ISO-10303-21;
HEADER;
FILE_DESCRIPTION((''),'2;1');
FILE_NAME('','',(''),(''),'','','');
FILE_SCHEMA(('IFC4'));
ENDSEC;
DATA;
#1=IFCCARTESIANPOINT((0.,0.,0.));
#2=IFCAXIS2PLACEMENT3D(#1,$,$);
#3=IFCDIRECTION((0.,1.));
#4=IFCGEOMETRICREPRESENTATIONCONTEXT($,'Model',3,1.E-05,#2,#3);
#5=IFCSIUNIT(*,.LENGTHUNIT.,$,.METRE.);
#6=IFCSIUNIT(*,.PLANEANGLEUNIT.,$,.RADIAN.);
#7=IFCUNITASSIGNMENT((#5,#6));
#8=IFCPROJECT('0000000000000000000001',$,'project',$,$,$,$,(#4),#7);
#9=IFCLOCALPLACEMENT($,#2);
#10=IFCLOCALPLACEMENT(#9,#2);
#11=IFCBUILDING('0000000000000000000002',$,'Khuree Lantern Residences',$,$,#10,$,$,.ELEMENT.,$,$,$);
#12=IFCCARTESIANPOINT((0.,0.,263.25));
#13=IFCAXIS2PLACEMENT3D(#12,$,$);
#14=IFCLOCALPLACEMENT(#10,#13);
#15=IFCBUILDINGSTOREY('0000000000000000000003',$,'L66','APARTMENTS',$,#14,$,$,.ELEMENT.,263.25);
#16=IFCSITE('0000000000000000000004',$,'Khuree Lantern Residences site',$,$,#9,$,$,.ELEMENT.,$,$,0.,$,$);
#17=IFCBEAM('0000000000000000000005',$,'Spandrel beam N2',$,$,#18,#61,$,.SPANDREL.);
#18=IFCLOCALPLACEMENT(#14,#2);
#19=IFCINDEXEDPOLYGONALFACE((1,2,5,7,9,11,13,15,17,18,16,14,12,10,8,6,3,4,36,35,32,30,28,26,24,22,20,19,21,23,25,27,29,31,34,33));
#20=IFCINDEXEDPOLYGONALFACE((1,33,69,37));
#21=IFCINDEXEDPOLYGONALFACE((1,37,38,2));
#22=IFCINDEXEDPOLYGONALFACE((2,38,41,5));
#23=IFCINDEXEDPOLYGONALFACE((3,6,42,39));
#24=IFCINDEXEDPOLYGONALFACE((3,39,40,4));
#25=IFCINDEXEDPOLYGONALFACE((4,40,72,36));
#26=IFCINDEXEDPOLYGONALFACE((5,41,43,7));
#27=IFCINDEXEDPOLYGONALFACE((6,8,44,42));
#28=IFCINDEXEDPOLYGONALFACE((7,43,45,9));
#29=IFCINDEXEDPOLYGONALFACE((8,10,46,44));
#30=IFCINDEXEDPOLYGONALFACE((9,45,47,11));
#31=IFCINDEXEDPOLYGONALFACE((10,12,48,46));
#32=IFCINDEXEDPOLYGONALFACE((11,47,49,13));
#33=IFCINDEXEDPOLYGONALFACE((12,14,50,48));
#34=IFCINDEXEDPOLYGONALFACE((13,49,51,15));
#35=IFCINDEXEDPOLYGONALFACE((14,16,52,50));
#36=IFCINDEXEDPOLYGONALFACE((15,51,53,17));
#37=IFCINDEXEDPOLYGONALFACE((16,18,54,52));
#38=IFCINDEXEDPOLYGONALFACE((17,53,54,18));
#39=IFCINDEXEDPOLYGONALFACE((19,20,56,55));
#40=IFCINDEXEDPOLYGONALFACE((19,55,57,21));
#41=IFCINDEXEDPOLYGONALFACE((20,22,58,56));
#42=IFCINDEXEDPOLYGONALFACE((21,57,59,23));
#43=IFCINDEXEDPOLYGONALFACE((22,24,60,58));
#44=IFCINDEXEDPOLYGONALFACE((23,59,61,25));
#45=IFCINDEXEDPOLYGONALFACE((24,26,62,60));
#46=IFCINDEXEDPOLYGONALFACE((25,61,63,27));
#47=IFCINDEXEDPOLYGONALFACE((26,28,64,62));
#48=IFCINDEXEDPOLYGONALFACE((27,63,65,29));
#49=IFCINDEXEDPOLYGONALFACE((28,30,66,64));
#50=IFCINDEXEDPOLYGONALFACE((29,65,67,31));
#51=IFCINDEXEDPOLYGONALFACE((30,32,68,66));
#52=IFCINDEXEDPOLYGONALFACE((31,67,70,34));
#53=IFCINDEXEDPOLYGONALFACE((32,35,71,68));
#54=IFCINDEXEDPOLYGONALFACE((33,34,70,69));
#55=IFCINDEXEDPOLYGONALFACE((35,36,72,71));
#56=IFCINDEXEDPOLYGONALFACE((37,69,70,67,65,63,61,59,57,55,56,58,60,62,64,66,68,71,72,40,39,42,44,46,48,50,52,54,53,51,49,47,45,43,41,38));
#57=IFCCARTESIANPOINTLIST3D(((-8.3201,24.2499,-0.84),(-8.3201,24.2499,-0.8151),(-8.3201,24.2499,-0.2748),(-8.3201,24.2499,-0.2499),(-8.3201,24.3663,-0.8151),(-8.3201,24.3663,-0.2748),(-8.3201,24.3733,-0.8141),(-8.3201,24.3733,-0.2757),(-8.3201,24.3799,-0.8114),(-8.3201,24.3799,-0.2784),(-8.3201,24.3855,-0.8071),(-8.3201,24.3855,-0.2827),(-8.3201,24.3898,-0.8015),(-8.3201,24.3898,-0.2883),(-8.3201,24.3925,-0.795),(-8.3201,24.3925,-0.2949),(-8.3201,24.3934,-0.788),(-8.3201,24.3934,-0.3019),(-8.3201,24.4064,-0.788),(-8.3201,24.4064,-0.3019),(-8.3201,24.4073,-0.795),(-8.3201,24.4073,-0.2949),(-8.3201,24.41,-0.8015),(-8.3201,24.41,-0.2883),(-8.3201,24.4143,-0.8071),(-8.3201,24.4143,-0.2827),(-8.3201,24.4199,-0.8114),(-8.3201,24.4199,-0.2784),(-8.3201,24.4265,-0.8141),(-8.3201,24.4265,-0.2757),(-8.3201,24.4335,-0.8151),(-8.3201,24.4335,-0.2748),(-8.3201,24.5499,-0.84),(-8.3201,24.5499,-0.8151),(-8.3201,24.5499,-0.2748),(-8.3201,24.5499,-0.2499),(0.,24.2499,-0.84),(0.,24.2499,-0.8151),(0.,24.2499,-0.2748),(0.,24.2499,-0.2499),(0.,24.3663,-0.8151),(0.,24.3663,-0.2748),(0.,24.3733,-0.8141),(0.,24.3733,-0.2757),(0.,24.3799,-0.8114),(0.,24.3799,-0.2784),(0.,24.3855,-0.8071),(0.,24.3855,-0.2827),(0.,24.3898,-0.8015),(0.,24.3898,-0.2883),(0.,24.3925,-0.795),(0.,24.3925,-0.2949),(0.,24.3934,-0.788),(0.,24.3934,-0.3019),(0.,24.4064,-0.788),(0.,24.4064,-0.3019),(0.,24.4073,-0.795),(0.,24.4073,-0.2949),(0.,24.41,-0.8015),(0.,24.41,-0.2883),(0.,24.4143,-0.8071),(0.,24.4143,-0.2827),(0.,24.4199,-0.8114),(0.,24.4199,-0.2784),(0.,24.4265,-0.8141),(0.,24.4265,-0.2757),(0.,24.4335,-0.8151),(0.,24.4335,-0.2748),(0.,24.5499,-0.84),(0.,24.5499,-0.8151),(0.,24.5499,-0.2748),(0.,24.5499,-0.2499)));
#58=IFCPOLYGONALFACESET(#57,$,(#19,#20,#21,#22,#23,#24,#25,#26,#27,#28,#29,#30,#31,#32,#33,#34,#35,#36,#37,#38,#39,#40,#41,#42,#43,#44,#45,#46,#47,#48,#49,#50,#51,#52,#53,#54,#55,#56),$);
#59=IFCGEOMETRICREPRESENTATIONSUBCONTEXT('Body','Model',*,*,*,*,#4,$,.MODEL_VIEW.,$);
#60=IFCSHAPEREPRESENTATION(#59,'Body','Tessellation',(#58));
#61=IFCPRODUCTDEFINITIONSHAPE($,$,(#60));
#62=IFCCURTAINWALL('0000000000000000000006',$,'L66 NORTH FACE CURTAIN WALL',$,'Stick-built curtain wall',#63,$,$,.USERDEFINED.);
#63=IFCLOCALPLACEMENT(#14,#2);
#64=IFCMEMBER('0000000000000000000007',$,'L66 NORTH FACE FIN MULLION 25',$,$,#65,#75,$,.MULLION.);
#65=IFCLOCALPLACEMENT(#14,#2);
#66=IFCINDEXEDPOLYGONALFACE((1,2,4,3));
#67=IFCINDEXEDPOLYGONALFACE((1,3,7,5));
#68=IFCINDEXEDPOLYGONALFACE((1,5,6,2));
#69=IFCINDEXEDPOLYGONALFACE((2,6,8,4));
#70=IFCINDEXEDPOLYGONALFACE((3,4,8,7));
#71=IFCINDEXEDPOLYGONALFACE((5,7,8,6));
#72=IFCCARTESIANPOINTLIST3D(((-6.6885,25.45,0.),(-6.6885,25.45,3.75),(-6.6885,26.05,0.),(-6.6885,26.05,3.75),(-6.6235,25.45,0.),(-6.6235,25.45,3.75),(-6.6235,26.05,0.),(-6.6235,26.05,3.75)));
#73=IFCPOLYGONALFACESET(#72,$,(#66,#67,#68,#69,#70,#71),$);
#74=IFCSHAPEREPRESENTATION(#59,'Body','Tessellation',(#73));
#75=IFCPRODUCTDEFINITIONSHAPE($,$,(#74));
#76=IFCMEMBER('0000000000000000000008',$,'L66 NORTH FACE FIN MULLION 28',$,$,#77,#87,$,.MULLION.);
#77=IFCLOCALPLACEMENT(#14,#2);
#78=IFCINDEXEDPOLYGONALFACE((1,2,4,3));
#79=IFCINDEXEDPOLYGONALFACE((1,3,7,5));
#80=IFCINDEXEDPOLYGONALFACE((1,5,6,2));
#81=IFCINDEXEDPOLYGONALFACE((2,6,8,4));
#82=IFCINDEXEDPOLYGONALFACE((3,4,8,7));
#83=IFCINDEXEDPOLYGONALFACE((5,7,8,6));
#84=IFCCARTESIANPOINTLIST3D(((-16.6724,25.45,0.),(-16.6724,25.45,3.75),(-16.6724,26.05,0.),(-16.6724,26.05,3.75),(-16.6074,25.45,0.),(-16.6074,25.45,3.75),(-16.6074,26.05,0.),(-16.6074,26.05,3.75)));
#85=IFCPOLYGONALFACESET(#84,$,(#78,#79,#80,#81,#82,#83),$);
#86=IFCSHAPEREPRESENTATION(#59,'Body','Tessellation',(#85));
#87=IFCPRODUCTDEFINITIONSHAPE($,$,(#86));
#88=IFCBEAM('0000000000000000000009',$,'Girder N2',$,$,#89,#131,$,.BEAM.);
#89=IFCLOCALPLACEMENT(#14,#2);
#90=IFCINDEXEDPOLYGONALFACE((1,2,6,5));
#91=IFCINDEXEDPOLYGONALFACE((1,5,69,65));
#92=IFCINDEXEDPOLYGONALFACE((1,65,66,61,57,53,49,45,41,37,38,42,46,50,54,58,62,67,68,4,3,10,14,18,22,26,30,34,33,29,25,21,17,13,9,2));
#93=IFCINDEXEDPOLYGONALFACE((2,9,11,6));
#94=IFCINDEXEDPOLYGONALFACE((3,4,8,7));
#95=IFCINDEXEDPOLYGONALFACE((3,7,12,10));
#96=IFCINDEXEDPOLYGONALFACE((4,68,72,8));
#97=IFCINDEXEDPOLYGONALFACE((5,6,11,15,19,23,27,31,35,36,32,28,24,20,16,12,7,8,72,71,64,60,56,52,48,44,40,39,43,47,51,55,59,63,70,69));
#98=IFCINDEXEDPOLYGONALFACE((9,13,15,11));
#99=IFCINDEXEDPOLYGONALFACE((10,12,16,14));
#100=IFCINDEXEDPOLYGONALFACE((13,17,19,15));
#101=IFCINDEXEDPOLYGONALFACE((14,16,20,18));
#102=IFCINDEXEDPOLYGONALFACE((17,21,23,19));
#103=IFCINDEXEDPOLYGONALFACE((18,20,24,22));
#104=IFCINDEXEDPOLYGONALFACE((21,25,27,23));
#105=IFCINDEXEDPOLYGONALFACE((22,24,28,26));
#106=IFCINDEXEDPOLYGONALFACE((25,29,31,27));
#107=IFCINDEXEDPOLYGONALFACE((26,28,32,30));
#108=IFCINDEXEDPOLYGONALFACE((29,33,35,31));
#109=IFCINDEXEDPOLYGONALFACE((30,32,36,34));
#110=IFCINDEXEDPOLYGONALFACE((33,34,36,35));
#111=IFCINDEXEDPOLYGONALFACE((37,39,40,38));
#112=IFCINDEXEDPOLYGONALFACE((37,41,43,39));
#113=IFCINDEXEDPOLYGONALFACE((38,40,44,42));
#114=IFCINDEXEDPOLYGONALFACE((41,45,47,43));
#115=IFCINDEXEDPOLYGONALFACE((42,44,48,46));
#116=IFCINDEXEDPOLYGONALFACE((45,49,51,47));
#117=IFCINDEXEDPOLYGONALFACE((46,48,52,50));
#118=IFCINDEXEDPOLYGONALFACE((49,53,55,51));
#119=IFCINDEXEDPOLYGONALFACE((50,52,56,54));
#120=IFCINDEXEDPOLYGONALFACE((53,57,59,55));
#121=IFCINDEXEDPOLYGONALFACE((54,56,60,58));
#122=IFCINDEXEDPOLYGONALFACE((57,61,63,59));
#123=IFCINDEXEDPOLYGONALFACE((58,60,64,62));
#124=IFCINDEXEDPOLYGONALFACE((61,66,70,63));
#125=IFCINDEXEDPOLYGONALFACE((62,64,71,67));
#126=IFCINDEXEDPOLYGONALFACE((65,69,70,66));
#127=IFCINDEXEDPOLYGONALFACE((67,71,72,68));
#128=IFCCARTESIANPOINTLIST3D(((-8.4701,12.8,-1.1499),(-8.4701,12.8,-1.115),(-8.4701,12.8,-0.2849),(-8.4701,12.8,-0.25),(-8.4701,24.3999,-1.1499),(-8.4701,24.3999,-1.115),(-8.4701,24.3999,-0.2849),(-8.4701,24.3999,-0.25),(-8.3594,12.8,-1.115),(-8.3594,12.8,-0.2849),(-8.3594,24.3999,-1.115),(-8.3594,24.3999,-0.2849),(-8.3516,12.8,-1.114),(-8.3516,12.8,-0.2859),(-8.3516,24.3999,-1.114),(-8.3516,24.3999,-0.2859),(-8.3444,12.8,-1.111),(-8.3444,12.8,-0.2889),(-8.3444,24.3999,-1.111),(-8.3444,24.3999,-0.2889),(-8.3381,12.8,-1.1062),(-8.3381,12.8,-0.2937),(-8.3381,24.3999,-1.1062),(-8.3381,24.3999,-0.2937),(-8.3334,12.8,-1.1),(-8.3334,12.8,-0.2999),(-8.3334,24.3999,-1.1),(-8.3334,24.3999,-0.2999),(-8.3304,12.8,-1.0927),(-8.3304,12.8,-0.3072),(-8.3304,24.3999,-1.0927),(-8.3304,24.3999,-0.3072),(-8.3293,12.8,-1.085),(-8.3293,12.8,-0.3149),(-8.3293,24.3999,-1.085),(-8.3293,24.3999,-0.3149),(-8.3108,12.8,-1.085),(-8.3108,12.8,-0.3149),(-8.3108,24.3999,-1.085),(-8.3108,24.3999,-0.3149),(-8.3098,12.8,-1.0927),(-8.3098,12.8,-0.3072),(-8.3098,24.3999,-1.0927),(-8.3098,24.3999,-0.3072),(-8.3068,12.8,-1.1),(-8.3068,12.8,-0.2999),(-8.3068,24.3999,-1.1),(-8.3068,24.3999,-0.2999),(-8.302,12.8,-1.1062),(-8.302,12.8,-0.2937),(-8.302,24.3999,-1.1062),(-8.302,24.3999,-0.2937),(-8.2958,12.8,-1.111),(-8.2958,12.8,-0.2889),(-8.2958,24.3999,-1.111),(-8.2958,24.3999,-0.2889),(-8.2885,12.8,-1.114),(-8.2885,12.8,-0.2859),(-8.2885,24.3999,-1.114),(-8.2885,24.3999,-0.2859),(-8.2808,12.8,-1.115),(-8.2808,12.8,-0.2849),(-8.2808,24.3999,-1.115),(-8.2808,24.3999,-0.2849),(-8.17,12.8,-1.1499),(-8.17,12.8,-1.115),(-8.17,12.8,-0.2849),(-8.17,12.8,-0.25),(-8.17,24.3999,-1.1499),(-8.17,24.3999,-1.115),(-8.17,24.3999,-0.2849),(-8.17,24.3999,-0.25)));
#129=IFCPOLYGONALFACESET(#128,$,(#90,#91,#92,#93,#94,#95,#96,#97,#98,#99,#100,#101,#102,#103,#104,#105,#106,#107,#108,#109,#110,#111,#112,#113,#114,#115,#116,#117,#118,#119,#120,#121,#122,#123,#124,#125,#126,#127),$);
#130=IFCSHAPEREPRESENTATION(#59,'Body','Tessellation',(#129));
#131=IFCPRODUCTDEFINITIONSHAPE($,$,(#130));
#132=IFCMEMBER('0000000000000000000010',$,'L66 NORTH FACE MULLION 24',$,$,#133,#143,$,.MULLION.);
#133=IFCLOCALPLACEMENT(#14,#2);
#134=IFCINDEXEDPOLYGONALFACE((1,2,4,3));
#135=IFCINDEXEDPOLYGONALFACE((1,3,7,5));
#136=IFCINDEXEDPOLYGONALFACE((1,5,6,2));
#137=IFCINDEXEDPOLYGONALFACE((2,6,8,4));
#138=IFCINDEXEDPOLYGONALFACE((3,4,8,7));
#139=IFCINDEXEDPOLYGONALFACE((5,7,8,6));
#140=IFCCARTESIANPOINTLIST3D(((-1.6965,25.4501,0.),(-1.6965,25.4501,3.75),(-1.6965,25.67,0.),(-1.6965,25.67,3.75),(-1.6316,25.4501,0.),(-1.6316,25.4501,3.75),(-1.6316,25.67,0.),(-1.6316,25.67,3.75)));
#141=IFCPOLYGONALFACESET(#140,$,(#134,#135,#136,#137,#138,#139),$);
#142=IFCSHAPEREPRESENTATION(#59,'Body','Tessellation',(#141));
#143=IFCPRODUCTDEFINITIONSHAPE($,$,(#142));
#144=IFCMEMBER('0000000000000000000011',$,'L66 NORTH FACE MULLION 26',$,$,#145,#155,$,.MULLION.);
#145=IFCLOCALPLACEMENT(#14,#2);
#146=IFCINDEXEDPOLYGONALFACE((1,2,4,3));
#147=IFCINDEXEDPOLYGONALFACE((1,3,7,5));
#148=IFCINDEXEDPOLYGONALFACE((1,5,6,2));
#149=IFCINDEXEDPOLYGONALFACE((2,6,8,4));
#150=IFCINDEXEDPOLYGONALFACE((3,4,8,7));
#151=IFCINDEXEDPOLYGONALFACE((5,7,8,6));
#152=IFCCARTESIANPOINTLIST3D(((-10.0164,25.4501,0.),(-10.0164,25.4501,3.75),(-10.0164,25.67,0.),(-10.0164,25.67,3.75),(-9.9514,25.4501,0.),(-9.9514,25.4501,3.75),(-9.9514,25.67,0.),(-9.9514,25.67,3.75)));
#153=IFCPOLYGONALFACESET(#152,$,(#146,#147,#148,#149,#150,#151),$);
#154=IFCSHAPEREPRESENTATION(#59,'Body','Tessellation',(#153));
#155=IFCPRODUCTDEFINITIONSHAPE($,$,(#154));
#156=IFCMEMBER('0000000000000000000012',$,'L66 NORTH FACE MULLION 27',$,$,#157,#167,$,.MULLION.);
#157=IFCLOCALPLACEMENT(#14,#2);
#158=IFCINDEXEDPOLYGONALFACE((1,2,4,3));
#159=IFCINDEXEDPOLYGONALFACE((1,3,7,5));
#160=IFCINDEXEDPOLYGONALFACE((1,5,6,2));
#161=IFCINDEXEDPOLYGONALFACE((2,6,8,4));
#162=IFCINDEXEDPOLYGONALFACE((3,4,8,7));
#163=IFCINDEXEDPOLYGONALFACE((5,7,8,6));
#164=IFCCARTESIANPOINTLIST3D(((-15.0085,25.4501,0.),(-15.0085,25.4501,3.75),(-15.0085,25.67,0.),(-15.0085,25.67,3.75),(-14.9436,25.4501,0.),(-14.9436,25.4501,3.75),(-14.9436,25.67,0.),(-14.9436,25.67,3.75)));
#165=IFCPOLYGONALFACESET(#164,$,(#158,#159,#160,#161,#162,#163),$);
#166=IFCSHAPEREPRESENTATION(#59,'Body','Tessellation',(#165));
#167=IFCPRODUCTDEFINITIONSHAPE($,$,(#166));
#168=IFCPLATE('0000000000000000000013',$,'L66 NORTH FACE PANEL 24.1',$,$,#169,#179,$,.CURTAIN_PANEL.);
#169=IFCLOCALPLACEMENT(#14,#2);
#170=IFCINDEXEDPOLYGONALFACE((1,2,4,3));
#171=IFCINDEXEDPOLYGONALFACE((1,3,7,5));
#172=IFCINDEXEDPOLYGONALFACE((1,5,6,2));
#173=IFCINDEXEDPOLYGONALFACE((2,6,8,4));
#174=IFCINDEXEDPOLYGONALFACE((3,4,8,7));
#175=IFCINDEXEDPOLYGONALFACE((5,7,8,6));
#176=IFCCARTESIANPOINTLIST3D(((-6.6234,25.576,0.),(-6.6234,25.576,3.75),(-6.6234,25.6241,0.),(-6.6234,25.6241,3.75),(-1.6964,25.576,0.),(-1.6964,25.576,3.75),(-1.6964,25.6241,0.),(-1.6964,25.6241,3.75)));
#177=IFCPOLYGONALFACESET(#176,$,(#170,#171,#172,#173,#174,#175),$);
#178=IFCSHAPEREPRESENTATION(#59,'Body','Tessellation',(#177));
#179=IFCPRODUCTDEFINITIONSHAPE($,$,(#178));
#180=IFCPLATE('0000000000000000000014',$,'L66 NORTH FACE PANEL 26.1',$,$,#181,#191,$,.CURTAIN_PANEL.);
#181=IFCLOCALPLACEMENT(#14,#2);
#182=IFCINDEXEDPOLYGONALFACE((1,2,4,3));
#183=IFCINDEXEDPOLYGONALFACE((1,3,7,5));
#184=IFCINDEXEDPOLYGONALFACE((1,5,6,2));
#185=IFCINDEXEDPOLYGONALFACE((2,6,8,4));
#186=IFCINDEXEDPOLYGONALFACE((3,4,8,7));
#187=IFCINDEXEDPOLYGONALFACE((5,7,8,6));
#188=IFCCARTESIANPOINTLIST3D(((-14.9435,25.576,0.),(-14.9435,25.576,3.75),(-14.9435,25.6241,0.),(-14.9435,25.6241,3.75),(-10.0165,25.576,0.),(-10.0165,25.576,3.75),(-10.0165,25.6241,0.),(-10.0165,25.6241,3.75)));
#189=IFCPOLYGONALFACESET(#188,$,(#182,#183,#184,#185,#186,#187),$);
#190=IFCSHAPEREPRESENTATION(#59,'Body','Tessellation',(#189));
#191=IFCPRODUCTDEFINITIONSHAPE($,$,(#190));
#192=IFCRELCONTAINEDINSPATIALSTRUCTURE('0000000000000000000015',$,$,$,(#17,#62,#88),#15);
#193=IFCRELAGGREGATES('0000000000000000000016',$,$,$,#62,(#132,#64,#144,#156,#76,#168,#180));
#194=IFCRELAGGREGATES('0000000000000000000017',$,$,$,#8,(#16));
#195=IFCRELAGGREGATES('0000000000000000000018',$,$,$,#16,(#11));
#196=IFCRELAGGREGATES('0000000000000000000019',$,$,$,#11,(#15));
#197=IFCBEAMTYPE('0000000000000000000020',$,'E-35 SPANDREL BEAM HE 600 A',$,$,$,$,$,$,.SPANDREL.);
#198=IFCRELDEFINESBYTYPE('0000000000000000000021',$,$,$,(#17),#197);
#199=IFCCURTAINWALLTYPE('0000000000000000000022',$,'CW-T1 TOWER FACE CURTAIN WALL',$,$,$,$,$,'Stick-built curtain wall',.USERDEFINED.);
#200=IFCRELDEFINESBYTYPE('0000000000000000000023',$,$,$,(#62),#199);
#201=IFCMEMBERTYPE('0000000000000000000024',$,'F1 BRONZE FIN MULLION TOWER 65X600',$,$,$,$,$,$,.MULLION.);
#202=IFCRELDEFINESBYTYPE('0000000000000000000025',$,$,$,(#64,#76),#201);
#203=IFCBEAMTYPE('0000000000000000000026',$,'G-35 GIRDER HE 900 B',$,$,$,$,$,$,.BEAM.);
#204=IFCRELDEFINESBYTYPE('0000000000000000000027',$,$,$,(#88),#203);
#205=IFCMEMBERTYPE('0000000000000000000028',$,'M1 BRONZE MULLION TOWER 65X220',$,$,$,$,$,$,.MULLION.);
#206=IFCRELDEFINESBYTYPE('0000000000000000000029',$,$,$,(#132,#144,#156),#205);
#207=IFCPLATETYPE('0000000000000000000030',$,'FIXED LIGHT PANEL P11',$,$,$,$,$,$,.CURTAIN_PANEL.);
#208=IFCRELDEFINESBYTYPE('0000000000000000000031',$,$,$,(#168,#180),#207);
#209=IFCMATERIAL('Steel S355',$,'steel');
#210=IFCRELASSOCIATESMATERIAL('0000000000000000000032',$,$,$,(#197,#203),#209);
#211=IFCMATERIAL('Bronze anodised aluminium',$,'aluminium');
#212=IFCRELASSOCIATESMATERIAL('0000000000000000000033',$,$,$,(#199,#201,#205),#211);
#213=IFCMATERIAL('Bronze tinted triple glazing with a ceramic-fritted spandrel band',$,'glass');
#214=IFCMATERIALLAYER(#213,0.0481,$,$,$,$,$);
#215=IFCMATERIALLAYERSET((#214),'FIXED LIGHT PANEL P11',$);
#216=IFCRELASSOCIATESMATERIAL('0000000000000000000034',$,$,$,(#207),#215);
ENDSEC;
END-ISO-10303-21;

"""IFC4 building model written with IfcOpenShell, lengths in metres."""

from ifc_helpers import new_model, si_unit, direction, frame, origin, origin_2d, place, context, subcontext, project, spatial, rectangle, i_section, extrude, material, layer, layer_set, material_profile, profile_set, type_object, element, aggregate, save


model = new_model("IFC4")

# Units and contexts
model_context = context("Model", 3, precision=1e-05, world=origin(), true_north=direction((0.0, 1.0)))
body_context = subcontext(model_context, "Body", "Model", "MODEL_VIEW")
ifc_project = project(units=[si_unit("LENGTHUNIT", "METRE"), si_unit("PLANEANGLEUNIT", "RADIAN")], contexts=[model_context])

# Site, building, storey
site_placement = place(None, origin())
site = spatial("IfcSite", under=ifc_project, at=site_placement, Name="Khuree Lantern Residences site", CompositionType="ELEMENT", RefElevation=0.0)
building_placement = place(site_placement, origin())
building = spatial("IfcBuilding", under=site, at=building_placement, Name="Khuree Lantern Residences", CompositionType="ELEMENT")
storey_placement = place(building_placement, frame((0.0, 0.0, 263.25)))
storey = spatial("IfcBuildingStorey", under=building, at=storey_placement, Name="L66", Description="APARTMENTS", CompositionType="ELEMENT", Elevation=263.25)

# Beam
ifc_material_1 = material(Name="Steel S355", Category="steel")
ifc_material_profile_1 = material_profile(ifc_material_1, i_section(OverallWidth=0.3, OverallDepth=0.5901, WebThickness=0.0129, FlangeThickness=0.0249, FilletRadius=0.0271, at=origin_2d()), Name="HE 600 A")
ifc_profile_set_1 = profile_set([ifc_material_profile_1], Name="Steel S355")
beam_type_1 = type_object("IfcBeamType", Name="E-35 SPANDREL BEAM HE 600 A", PredefinedType="SPANDREL", material=ifc_profile_set_1)
beam_1_placement = place(storey_placement, frame((-8.3201, 24.3999, -0.5449), z_axis=(1.0, 0.0, 0.0), x_axis=(0.0, 1.0, 0.0)))
element("IfcBeam", 1, at=beam_1_placement, inside=storey, type_object=beam_type_1, Name="Spandrel beam N2", PredefinedType="SPANDREL", context=body_context, shape_type="SweptSolid", body=[
    extrude(i_section(OverallWidth=0.3, OverallDepth=0.5901, WebThickness=0.0129, FlangeThickness=0.0249, FilletRadius=0.0271, at=origin_2d()), origin(), (0.0, 0.0, 1.0), 8.3201),
])

# Curtain wall, members
ifc_material_2 = material(Name="Bronze anodised aluminium", Category="aluminium")
curtain_wall_type = type_object("IfcCurtainWallType", Name="CW-T1 TOWER FACE CURTAIN WALL", ElementType="Stick-built curtain wall", PredefinedType="USERDEFINED", material=ifc_material_2)
curtain_wall_placement = place(storey_placement, origin())
curtain_wall = element("IfcCurtainWall", 2, at=curtain_wall_placement, inside=storey, type_object=curtain_wall_type, Name="L66 NORTH FACE CURTAIN WALL", ObjectType="Stick-built curtain wall", PredefinedType="USERDEFINED")
ifc_material_profile_2 = material_profile(ifc_material_2, rectangle(XDim=0.0649, YDim=0.6001, at=origin_2d()), Name="F1 65X600")
ifc_profile_set_2 = profile_set([ifc_material_profile_2], Name="Bronze anodised aluminium")
member_type_1 = type_object("IfcMemberType", Name="F1 BRONZE FIN MULLION TOWER 65X600", PredefinedType="MULLION", material=ifc_profile_set_2)
member_1_placement = place(storey_placement, frame((-6.656, 25.75, 0.0), z_axis=(0.0, 0.0, 1.0), x_axis=(-1.0, 0.0, 0.0)))
member_1 = element("IfcMember", 3, at=member_1_placement, type_object=member_type_1, Name="L66 NORTH FACE FIN MULLION 25", PredefinedType="MULLION", context=body_context, shape_type="SweptSolid", body=[
    extrude(rectangle(XDim=0.0649, YDim=0.6001, at=origin_2d()), origin(), (0.0, 0.0, 1.0), 3.75),
])
member_2_placement = place(storey_placement, frame((-16.6399, 25.75, 0.0), z_axis=(0.0, 0.0, 1.0), x_axis=(-1.0, 0.0, 0.0)))
member_2 = element("IfcMember", 4, at=member_2_placement, type_object=member_type_1, Name="L66 NORTH FACE FIN MULLION 28", PredefinedType="MULLION", context=body_context, shape_type="SweptSolid", body=[
    extrude(rectangle(XDim=0.0649, YDim=0.6001, at=origin_2d()), origin(), (0.0, 0.0, 1.0), 3.75),
])

# Beam
ifc_material_profile_3 = material_profile(ifc_material_1, i_section(OverallWidth=0.3, OverallDepth=0.8999, WebThickness=0.0186, FlangeThickness=0.0349, FilletRadius=0.03, at=origin_2d()), Name="HE 900 B")
ifc_profile_set_3 = profile_set([ifc_material_profile_3], Name="Steel S355")
beam_type_2 = type_object("IfcBeamType", Name="G-35 GIRDER HE 900 B", PredefinedType="BEAM", material=ifc_profile_set_3)
beam_2_placement = place(storey_placement, frame((-8.3201, 24.3999, -0.7), z_axis=(0.0, -1.0, 0.0), x_axis=(1.0, 0.0, 0.0)))
element("IfcBeam", 5, at=beam_2_placement, inside=storey, type_object=beam_type_2, Name="Girder N2", PredefinedType="BEAM", context=body_context, shape_type="SweptSolid", body=[
    extrude(i_section(OverallWidth=0.3, OverallDepth=0.8999, WebThickness=0.0186, FlangeThickness=0.0349, FilletRadius=0.03, at=origin_2d()), origin(), (0.0, 0.0, 1.0), 11.5999),
])

# Members
ifc_material_profile_4 = material_profile(ifc_material_2, rectangle(XDim=0.0649, YDim=0.22, at=origin_2d()), Name="M1 65X220")
ifc_profile_set_4 = profile_set([ifc_material_profile_4], Name="Bronze anodised aluminium")
member_type_2 = type_object("IfcMemberType", Name="M1 BRONZE MULLION TOWER 65X220", PredefinedType="MULLION", material=ifc_profile_set_4)
member_3_placement = place(storey_placement, frame((-1.6641, 25.5601, 0.0), z_axis=(0.0, 0.0, 1.0), x_axis=(-1.0, 0.0, 0.0)))
member_3 = element("IfcMember", 6, at=member_3_placement, type_object=member_type_2, Name="L66 NORTH FACE MULLION 24", PredefinedType="MULLION", context=body_context, shape_type="SweptSolid", body=[
    extrude(rectangle(XDim=0.0649, YDim=0.22, at=origin_2d()), origin(), (0.0, 0.0, 1.0), 3.75),
])
member_4_placement = place(storey_placement, frame((-9.9839, 25.5601, 0.0), z_axis=(0.0, 0.0, 1.0), x_axis=(-1.0, 0.0, 0.0)))
member_4 = element("IfcMember", 7, at=member_4_placement, type_object=member_type_2, Name="L66 NORTH FACE MULLION 26", PredefinedType="MULLION", context=body_context, shape_type="SweptSolid", body=[
    extrude(rectangle(XDim=0.0649, YDim=0.22, at=origin_2d()), origin(), (0.0, 0.0, 1.0), 3.75),
])
member_5_placement = place(storey_placement, frame((-14.9761, 25.5601, 0.0), z_axis=(0.0, 0.0, 1.0), x_axis=(-1.0, 0.0, 0.0)))
member_5 = element("IfcMember", 8, at=member_5_placement, type_object=member_type_2, Name="L66 NORTH FACE MULLION 27", PredefinedType="MULLION", context=body_context, shape_type="SweptSolid", body=[
    extrude(rectangle(XDim=0.0649, YDim=0.22, at=origin_2d()), origin(), (0.0, 0.0, 1.0), 3.75),
])

# Plates
ifc_material_3 = material(Name="Bronze tinted triple glazing with a ceramic-fritted spandrel band", Category="glass")
ifc_layer_1 = layer(ifc_material_3, 0.0481)
ifc_layer_set_1 = layer_set([ifc_layer_1], Name="FIXED LIGHT PANEL P11")
plate_type_1 = type_object("IfcPlateType", Name="FIXED LIGHT PANEL P11", PredefinedType="CURTAIN_PANEL", material=ifc_layer_set_1)
plate_1_placement = place(storey_placement, frame((-4.1599, 25.6001, 0.0), z_axis=(0.0, 0.0, 1.0), x_axis=(-1.0, 0.0, 0.0)))
plate_1 = element("IfcPlate", 9, at=plate_1_placement, type_object=plate_type_1, Name="L66 NORTH FACE PANEL 24.1", PredefinedType="CURTAIN_PANEL", context=body_context, shape_type="SweptSolid", body=[
    extrude(rectangle(XDim=4.927, YDim=0.0481, at=origin_2d()), origin(), (0.0, 0.0, 1.0), 3.75),
])
plate_2_placement = place(storey_placement, frame((-12.48, 25.6001, 0.0), z_axis=(0.0, 0.0, 1.0), x_axis=(-1.0, 0.0, 0.0)))
plate_2 = element("IfcPlate", 10, at=plate_2_placement, type_object=plate_type_1, Name="L66 NORTH FACE PANEL 26.1", PredefinedType="CURTAIN_PANEL", context=body_context, shape_type="SweptSolid", body=[
    extrude(rectangle(XDim=4.927, YDim=0.0481, at=origin_2d()), origin(), (0.0, 0.0, 1.0), 3.75),
])
aggregate(curtain_wall, [member_3, member_1, member_4, member_5, member_2, plate_1, plate_2])

save(model, "model.ifc")
